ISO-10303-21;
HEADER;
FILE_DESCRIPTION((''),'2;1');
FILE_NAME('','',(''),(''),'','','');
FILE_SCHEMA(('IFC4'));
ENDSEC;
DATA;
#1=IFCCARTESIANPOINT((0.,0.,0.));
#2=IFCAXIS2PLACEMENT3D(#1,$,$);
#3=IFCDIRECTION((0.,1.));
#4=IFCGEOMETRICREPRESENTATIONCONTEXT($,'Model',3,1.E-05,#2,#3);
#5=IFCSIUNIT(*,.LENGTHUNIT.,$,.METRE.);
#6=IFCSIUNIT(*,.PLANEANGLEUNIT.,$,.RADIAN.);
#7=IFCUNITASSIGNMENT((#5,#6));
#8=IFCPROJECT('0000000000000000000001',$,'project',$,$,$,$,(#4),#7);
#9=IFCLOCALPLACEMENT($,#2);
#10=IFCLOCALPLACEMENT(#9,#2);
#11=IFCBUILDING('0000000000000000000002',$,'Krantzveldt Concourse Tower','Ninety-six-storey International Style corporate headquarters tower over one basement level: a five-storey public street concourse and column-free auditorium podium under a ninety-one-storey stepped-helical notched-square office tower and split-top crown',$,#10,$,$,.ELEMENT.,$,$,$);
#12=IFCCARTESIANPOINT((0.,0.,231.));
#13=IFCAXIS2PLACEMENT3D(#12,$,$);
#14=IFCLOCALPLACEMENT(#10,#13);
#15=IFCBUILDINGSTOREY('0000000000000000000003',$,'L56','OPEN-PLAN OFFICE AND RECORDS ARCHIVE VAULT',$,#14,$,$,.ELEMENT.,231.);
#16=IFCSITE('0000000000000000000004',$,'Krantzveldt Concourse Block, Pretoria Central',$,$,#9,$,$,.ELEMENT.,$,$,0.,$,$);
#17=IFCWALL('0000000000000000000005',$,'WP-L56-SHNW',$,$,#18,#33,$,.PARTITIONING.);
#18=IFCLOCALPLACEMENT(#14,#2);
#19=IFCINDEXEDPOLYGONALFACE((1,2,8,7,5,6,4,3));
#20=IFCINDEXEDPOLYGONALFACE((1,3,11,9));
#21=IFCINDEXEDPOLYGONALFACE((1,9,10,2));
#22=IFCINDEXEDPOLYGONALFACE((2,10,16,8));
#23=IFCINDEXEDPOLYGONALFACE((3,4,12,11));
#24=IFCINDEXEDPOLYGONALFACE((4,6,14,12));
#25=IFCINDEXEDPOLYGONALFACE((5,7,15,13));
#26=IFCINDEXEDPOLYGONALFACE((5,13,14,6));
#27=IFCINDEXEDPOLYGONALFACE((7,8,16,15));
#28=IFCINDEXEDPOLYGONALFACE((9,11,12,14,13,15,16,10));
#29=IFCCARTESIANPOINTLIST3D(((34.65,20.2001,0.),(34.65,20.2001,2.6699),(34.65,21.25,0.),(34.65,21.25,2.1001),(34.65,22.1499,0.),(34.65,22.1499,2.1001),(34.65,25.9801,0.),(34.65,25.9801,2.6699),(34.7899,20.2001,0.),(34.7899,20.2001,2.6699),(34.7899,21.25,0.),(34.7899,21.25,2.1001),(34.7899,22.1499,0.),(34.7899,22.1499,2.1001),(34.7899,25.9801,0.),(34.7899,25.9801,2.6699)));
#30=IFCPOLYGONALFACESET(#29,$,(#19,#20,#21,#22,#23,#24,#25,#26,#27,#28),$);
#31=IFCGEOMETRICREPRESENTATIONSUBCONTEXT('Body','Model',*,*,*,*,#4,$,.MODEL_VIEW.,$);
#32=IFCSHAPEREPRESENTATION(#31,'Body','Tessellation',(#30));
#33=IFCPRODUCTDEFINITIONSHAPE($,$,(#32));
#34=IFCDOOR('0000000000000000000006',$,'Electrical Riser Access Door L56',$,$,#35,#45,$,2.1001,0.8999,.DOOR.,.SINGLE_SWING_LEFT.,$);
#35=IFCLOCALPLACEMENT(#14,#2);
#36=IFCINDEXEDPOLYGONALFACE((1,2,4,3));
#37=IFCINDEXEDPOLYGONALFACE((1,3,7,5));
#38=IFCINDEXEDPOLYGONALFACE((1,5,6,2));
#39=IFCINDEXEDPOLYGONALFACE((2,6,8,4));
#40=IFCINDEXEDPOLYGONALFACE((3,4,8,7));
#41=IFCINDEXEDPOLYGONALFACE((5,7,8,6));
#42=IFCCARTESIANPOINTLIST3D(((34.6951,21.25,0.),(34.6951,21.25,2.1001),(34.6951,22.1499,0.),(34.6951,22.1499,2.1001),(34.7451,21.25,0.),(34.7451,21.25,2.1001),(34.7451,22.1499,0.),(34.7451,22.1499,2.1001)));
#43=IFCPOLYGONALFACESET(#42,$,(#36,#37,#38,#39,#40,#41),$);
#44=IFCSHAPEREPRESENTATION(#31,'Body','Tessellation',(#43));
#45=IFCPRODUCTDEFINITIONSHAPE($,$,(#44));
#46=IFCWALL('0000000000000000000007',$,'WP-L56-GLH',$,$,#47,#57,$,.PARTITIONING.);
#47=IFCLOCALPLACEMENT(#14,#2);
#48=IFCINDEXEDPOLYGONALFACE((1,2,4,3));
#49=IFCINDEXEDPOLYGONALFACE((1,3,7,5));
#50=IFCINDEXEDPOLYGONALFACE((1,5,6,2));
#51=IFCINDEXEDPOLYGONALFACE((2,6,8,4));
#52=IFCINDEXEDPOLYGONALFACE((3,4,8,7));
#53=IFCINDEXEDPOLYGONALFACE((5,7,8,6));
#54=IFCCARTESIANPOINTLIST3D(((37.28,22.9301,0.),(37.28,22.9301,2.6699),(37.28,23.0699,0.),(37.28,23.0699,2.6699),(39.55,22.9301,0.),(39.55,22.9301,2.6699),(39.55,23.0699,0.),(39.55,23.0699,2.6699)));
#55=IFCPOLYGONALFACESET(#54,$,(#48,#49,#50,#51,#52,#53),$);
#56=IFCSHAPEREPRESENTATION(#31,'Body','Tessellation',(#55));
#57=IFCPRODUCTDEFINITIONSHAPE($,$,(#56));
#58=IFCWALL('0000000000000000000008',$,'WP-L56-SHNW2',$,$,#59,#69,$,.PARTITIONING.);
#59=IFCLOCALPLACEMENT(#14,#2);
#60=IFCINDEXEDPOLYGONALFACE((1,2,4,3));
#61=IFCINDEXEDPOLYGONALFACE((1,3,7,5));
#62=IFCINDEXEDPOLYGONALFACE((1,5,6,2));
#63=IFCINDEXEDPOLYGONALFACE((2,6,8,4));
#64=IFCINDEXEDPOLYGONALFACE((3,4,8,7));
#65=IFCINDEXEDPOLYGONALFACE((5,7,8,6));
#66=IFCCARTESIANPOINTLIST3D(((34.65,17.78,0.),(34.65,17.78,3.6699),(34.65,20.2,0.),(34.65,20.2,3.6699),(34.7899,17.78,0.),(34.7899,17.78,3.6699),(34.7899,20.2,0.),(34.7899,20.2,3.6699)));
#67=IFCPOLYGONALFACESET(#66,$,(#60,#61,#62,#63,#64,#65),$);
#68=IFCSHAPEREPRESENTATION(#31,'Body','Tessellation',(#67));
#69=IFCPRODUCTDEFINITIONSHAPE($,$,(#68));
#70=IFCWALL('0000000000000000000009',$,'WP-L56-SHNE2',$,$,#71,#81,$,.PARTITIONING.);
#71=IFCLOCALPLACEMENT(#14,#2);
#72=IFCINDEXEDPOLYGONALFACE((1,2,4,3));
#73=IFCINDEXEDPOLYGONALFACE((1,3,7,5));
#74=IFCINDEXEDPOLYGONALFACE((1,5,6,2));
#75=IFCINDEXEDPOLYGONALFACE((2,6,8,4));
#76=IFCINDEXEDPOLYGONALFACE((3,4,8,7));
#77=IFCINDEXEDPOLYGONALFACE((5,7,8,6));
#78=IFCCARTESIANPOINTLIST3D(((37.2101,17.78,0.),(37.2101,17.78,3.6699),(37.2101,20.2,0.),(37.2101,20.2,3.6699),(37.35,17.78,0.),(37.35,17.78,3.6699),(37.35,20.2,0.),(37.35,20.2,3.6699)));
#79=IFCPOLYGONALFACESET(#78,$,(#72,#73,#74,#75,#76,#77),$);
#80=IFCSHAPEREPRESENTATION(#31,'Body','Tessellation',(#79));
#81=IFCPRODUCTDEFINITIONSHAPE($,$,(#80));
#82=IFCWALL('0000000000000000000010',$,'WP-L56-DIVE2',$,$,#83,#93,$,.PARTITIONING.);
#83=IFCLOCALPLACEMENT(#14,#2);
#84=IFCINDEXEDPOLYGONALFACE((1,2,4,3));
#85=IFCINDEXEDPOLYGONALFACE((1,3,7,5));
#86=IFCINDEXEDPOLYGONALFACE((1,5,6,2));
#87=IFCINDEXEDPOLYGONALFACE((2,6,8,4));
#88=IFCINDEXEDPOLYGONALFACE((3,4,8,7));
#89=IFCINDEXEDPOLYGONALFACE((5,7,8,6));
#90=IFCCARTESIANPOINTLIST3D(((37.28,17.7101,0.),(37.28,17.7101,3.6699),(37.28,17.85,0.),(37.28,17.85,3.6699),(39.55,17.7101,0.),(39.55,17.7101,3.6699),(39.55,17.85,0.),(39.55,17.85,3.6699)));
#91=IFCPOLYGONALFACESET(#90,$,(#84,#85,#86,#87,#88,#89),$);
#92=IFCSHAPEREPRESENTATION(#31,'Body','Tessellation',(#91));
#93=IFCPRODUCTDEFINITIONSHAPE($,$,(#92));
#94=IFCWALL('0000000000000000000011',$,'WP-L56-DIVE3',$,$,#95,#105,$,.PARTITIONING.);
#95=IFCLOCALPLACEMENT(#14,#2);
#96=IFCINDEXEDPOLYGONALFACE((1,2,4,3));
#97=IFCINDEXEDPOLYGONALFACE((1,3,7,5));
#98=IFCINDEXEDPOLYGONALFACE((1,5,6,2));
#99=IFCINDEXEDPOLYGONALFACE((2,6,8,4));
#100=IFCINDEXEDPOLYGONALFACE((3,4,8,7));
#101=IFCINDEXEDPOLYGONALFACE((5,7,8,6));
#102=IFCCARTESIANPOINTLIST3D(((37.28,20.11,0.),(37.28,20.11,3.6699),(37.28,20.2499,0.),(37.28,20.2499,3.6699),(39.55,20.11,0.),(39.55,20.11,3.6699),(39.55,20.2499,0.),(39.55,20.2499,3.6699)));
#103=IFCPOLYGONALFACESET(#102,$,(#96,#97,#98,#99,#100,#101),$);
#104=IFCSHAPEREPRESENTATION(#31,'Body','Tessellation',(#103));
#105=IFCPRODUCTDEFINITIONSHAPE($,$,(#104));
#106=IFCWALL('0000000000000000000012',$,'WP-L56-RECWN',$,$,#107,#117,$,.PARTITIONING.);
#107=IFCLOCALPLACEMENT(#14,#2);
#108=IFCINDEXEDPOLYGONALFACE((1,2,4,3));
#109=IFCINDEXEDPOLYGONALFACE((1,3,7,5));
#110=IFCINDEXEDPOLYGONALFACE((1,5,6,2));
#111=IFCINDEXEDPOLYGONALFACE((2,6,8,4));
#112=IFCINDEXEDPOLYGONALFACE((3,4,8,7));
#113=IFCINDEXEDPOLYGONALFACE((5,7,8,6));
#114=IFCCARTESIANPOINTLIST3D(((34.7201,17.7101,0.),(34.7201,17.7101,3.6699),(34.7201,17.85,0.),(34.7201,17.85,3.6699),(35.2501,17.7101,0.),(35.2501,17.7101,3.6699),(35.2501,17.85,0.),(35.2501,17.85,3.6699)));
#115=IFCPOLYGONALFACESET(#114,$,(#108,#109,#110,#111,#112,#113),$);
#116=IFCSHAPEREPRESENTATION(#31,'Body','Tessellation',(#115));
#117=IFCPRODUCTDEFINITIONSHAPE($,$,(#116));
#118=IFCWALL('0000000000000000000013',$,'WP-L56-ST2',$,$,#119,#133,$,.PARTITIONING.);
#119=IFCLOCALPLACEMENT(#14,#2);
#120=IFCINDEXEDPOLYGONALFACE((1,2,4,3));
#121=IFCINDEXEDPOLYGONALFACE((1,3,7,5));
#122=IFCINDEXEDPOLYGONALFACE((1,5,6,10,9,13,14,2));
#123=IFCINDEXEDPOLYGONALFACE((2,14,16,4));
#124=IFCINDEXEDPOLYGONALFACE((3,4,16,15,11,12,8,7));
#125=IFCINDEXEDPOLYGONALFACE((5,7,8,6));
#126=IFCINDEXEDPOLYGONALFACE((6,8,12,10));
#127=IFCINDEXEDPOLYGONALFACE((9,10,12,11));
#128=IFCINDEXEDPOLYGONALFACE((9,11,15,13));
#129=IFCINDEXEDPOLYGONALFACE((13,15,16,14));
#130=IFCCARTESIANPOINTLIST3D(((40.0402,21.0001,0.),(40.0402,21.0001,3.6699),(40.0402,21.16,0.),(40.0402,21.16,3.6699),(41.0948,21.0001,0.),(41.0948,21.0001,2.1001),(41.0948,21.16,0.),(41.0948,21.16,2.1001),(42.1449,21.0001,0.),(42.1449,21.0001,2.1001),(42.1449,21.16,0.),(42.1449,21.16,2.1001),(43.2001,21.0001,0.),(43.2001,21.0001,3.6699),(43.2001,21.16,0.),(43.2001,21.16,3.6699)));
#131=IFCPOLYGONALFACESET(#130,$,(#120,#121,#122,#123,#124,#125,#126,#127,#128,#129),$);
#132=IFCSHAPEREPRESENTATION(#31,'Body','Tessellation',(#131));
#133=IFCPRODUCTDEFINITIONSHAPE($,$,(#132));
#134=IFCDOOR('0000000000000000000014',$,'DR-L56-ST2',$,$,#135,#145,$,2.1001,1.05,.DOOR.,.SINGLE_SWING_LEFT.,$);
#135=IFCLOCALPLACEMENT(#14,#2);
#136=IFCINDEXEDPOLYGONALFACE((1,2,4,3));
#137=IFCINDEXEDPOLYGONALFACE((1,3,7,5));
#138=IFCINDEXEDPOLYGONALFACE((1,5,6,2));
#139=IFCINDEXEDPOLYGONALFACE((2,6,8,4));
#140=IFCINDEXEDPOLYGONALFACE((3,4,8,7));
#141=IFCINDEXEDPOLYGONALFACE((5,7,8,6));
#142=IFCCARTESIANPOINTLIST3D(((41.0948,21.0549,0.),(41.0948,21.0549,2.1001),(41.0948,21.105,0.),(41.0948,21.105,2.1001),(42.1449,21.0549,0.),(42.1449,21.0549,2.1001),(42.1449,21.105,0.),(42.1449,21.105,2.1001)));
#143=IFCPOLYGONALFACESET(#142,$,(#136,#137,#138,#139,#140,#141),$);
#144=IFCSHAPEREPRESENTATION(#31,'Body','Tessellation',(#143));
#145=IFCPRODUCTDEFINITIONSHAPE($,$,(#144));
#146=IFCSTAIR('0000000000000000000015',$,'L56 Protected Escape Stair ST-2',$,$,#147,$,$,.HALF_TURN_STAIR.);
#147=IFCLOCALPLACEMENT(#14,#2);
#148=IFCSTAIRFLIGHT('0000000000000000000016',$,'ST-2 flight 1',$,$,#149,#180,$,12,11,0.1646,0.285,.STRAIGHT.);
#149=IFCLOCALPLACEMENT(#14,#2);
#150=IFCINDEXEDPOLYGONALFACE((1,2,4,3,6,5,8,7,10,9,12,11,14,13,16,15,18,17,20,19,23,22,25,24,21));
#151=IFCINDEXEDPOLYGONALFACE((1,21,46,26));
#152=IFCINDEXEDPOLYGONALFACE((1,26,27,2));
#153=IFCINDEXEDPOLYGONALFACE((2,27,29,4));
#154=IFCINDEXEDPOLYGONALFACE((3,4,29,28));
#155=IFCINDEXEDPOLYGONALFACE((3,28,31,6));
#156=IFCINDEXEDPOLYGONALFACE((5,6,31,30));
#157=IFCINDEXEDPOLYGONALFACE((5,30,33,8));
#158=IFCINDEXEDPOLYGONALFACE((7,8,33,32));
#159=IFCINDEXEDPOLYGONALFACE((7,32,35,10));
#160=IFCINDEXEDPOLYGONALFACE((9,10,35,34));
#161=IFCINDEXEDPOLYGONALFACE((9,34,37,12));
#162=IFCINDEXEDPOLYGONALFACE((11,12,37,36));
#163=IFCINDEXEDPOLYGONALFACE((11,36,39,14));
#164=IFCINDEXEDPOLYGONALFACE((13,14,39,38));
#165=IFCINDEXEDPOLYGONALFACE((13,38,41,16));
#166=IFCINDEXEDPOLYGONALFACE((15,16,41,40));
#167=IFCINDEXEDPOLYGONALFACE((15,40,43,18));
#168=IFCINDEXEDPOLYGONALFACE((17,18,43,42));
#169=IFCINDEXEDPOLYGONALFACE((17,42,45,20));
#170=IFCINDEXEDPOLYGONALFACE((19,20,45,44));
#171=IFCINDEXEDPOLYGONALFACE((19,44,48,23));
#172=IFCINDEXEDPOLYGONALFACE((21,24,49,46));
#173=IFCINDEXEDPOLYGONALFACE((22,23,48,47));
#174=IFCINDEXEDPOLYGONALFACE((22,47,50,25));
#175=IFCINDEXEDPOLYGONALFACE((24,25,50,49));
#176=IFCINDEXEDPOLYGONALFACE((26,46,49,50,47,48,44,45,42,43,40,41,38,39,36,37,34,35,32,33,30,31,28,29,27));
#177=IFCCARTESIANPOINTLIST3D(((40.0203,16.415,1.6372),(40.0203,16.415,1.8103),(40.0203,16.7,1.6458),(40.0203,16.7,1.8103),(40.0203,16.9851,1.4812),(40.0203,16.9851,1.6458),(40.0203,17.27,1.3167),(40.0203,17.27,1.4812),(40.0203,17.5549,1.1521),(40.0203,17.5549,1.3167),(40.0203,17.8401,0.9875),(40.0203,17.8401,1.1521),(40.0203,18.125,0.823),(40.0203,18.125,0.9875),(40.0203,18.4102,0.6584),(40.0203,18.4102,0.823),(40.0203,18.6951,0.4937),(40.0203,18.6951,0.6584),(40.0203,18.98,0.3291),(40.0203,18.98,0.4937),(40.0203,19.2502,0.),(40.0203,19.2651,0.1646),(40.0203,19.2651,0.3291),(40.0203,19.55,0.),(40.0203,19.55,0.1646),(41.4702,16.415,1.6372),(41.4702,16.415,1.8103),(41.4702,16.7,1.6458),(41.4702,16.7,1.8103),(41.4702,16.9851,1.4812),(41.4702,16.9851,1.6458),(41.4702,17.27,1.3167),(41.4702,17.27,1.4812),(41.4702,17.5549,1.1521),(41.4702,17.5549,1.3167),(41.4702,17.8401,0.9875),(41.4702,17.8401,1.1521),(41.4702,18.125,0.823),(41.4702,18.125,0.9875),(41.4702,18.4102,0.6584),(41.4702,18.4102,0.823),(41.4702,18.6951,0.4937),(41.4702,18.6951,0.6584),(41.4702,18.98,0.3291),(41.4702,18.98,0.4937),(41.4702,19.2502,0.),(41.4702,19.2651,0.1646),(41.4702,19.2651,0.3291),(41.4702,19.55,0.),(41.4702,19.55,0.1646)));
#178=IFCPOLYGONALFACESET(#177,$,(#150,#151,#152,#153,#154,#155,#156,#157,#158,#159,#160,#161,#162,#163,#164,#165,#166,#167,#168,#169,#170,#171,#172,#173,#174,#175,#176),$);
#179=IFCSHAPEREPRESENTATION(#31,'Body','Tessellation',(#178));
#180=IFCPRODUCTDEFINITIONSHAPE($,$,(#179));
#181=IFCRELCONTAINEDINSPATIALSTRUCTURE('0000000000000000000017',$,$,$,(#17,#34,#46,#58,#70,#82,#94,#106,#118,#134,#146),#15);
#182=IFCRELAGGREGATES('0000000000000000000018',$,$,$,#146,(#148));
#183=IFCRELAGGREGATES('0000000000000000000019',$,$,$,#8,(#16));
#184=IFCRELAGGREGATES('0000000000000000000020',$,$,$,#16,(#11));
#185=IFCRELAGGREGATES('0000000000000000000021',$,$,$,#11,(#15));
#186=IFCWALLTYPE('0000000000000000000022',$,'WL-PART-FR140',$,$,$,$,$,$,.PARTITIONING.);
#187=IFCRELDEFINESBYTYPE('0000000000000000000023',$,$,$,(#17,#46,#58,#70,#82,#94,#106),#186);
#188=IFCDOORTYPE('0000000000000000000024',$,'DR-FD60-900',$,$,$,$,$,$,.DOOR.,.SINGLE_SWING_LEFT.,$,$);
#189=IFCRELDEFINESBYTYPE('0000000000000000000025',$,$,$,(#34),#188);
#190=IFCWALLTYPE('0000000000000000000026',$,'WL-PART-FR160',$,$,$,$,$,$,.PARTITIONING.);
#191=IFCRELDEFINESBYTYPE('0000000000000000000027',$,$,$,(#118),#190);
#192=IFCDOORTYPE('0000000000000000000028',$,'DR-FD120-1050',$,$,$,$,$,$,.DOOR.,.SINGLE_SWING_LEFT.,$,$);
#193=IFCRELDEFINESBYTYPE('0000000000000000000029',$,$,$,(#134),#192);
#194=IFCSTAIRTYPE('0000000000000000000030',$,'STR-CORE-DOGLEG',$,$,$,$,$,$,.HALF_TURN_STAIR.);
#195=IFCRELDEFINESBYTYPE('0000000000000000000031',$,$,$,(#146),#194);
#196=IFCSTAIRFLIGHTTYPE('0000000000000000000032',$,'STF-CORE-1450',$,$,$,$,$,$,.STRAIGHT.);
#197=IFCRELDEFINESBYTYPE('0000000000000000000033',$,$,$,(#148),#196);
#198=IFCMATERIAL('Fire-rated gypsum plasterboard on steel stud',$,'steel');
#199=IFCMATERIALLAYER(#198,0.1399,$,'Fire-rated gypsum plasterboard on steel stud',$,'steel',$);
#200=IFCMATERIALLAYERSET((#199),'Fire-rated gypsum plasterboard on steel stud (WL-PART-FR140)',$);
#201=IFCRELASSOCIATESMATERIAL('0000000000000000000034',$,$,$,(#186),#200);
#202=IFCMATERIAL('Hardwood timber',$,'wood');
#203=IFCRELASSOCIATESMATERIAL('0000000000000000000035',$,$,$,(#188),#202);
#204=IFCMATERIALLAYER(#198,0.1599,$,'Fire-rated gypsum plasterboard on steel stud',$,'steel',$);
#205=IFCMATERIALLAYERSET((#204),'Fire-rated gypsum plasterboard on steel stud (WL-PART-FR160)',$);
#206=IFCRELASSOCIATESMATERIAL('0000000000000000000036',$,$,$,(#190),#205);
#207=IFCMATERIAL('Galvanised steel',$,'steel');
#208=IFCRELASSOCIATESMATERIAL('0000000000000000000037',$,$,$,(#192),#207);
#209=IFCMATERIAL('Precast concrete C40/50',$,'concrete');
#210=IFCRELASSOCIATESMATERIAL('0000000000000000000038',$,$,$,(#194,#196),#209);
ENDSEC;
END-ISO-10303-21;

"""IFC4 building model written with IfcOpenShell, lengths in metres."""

from ifc_helpers import new_model, si_unit, direction, frame, frame_2d, origin, place, context, subcontext, project, spatial, polyline, rectangle, outline, extrude, material, layer, layer_set, type_object, element, fill, aggregate, save


model = new_model("IFC4")

# Units and contexts
model_context = context("Model", 3, precision=1e-05, world=origin(), true_north=direction((0.0, 1.0)))
body_context = subcontext(model_context, "Body", "Model", "MODEL_VIEW")
ifc_project = project(units=[si_unit("LENGTHUNIT", "METRE"), si_unit("PLANEANGLEUNIT", "RADIAN")], contexts=[model_context])

# Site, building, storey
site_placement = place(None, origin())
site = spatial("IfcSite", under=ifc_project, at=site_placement, Name="Krantzveldt Concourse Block, Pretoria Central", CompositionType="ELEMENT", RefElevation=0.0)
building_placement = place(site_placement, origin())
building = spatial("IfcBuilding", under=site, at=building_placement, Name="Krantzveldt Concourse Tower", Description="Ninety-six-storey International Style corporate headquarters tower over one basement level: a five-storey public street concourse and column-free auditorium podium under a ninety-one-storey stepped-helical notched-square office tower and split-top crown", CompositionType="ELEMENT")
storey_placement = place(building_placement, frame((0.0, 0.0, 231.0)))
storey = spatial("IfcBuildingStorey", under=building, at=storey_placement, Name="L56", Description="OPEN-PLAN OFFICE AND RECORDS ARCHIVE VAULT", CompositionType="ELEMENT", Elevation=231.0)

# Wall, opening, door
ifc_material_1 = material(Name="Fire-rated gypsum plasterboard on steel stud", Category="steel")
ifc_layer_1 = layer(ifc_material_1, 0.1399, Name="Fire-rated gypsum plasterboard on steel stud", Category="steel")
ifc_layer_set_1 = layer_set([ifc_layer_1], Name="Fire-rated gypsum plasterboard on steel stud (WL-PART-FR140)")
wall_type_1 = type_object("IfcWallType", Name="WL-PART-FR140", PredefinedType="PARTITIONING", material=ifc_layer_set_1)
wall_1_placement = place(storey_placement, frame((34.72, 20.2, 0.0), z_axis=(0.0, 0.0, 1.0), x_axis=(0.0, 1.0, 0.0)))
wall_1 = element("IfcWall", 1, at=wall_1_placement, inside=storey, type_object=wall_type_1, Name="WP-L56-SHNW", PredefinedType="PARTITIONING", context=body_context, shape_type="SweptSolid", body=[
    extrude(rectangle(XDim=5.78, YDim=0.1399, at=frame_2d((2.8901, 0.0))), origin(), (0.0, 0.0, 1.0), 2.6699),
])
opening_1_placement = place(wall_1_placement, frame((1.05, 0.0, 0.0)))
opening_1 = element("IfcOpeningElement", 2, at=opening_1_placement, cuts=wall_1, PredefinedType="OPENING", context=body_context, shape_type="SweptSolid", body=[
    extrude(rectangle(XDim=0.8999, YDim=2.1001, at=frame_2d((0.45, 1.05))), frame((0.0, 0.0801, 0.0), z_axis=(0.0, -1.0, 0.0), x_axis=(1.0, 0.0, 0.0)), (0.0, 0.0, 1.0), 0.1599),
])
ifc_material_2 = material(Name="Hardwood timber", Category="wood")
door_type_1 = type_object("IfcDoorType", Name="DR-FD60-900", OperationType="SINGLE_SWING_LEFT", PredefinedType="DOOR", material=ifc_material_2)
door_1_placement = place(opening_1_placement, origin())
door_1 = element("IfcDoor", 3, at=door_1_placement, inside=storey, type_object=door_type_1, Name="Electrical Riser Access Door L56", OperationType="SINGLE_SWING_LEFT", OverallHeight=2.1001, OverallWidth=0.8999, PredefinedType="DOOR", context=body_context, shape_type="SweptSolid", body=[
    extrude(rectangle(XDim=0.8999, YDim=2.1001, at=frame_2d((0.45, 1.05))), frame((0.0, 0.0249, 0.0), z_axis=(0.0, -1.0, 0.0), x_axis=(1.0, 0.0, 0.0)), (0.0, 0.0, 1.0), 0.05),
])
fill(opening_1, door_1)

# Walls
wall_2_placement = place(storey_placement, frame((37.28, 23.0, 0.0), z_axis=(0.0, 0.0, 1.0), x_axis=(1.0, 0.0, 0.0)))
element("IfcWall", 4, at=wall_2_placement, inside=storey, type_object=wall_type_1, Name="WP-L56-GLH", PredefinedType="PARTITIONING", context=body_context, shape_type="SweptSolid", body=[
    extrude(rectangle(XDim=2.27, YDim=0.1399, at=frame_2d((1.135, 0.0))), origin(), (0.0, 0.0, 1.0), 2.6699),
])
for number, where, z_axis, x_axis, name in (
    (5, (34.72, 17.78, 0.0), (0.0, 0.0, 1.0), (0.0, 1.0, 0.0), "WP-L56-SHNW2"),
    (6, (37.28, 17.78, 0.0), (0.0, 0.0, 1.0), (0.0, 1.0, 0.0), "WP-L56-SHNE2"),
):
    element("IfcWall", number, at=place(storey_placement, frame(where, z_axis=z_axis, x_axis=x_axis)), inside=storey, type_object=wall_type_1, Name=name, PredefinedType="PARTITIONING", context=body_context, shape_type="SweptSolid", body=[
        extrude(rectangle(XDim=2.4199, YDim=0.1399, at=frame_2d((1.21, 0.0))), origin(), (0.0, 0.0, 1.0), 3.6699),
    ])
for number, where, z_axis, x_axis, name in (
    (7, (37.28, 17.78, 0.0), (0.0, 0.0, 1.0), (1.0, 0.0, 0.0), "WP-L56-DIVE2"),
    (8, (37.28, 20.1799, 0.0), (0.0, 0.0, 1.0), (1.0, 0.0, 0.0), "WP-L56-DIVE3"),
):
    element("IfcWall", number, at=place(storey_placement, frame(where, z_axis=z_axis, x_axis=x_axis)), inside=storey, type_object=wall_type_1, Name=name, PredefinedType="PARTITIONING", context=body_context, shape_type="SweptSolid", body=[
        extrude(rectangle(XDim=2.27, YDim=0.1399, at=frame_2d((1.135, 0.0))), origin(), (0.0, 0.0, 1.0), 3.6699),
    ])
wall_3_placement = place(storey_placement, frame((34.72, 17.78, 0.0), z_axis=(0.0, 0.0, 1.0), x_axis=(1.0, 0.0, 0.0)))
element("IfcWall", 9, at=wall_3_placement, inside=storey, type_object=wall_type_1, Name="WP-L56-RECWN", PredefinedType="PARTITIONING", context=body_context, shape_type="SweptSolid", body=[
    extrude(rectangle(XDim=0.53, YDim=0.1399, at=frame_2d((0.2651, 0.0))), origin(), (0.0, 0.0, 1.0), 3.6699),
])

# Wall, opening, door
ifc_layer_2 = layer(ifc_material_1, 0.1599, Name="Fire-rated gypsum plasterboard on steel stud", Category="steel")
ifc_layer_set_2 = layer_set([ifc_layer_2], Name="Fire-rated gypsum plasterboard on steel stud (WL-PART-FR160)")
wall_type_2 = type_object("IfcWallType", Name="WL-PART-FR160", PredefinedType="PARTITIONING", material=ifc_layer_set_2)
wall_4_placement = place(storey_placement, frame((40.04, 21.0801, 0.0), z_axis=(0.0, 0.0, 1.0), x_axis=(1.0, 0.0, 0.0)))
wall_4 = element("IfcWall", 10, at=wall_4_placement, inside=storey, type_object=wall_type_2, Name="WP-L56-ST2", PredefinedType="PARTITIONING", context=body_context, shape_type="SweptSolid", body=[
    extrude(rectangle(XDim=3.1599, YDim=0.1599, at=frame_2d((1.5801, 0.0))), origin(), (0.0, 0.0, 1.0), 3.6699),
])
opening_2_placement = place(wall_4_placement, frame((1.0549, 0.0, 0.0)))
opening_2 = element("IfcOpeningElement", 11, at=opening_2_placement, cuts=wall_4, PredefinedType="OPENING", context=body_context, shape_type="SweptSolid", body=[
    extrude(rectangle(XDim=1.05, YDim=2.1001, at=frame_2d((0.5249, 1.05))), frame((0.0, 0.0898, 0.0), z_axis=(0.0, -1.0, 0.0), x_axis=(1.0, 0.0, 0.0)), (0.0, 0.0, 1.0), 0.1799),
])
ifc_material_3 = material(Name="Galvanised steel", Category="steel")
door_type_2 = type_object("IfcDoorType", Name="DR-FD120-1050", OperationType="SINGLE_SWING_LEFT", PredefinedType="DOOR", material=ifc_material_3)
door_2_placement = place(opening_2_placement, origin())
door_2 = element("IfcDoor", 12, at=door_2_placement, inside=storey, type_object=door_type_2, Name="DR-L56-ST2", OperationType="SINGLE_SWING_LEFT", OverallHeight=2.1001, OverallWidth=1.05, PredefinedType="DOOR", context=body_context, shape_type="SweptSolid", body=[
    extrude(rectangle(XDim=1.05, YDim=2.1001, at=frame_2d((0.5249, 1.05))), frame((0.0, 0.0249, 0.0), z_axis=(0.0, -1.0, 0.0), x_axis=(1.0, 0.0, 0.0)), (0.0, 0.0, 1.0), 0.05),
])
fill(opening_2, door_2)

# Stair, stair flight
ifc_material_4 = material(Name="Precast concrete C40/50", Category="concrete")
stair_type = type_object("IfcStairType", Name="STR-CORE-DOGLEG", PredefinedType="HALF_TURN_STAIR", material=ifc_material_4)
stair_placement = place(storey_placement, origin())
stair = element("IfcStair", 13, at=stair_placement, inside=storey, type_object=stair_type, Name="L56 Protected Escape Stair ST-2", PredefinedType="HALF_TURN_STAIR")
stair_flight_type = type_object("IfcStairFlightType", Name="STF-CORE-1450", PredefinedType="STRAIGHT", material=ifc_material_4)
stair_flight_placement = place(storey_placement, frame((40.7451, 19.55, 0.0), z_axis=(0.0, 0.0, 1.0), x_axis=(0.0, -1.0, 0.0)))
stair_flight = element("IfcStairFlight", 14, at=stair_flight_placement, type_object=stair_flight_type, Name="ST-2 flight 1", NumberOfRisers=12, NumberOfTreads=11, PredefinedType="STRAIGHT", RiserHeight=0.1646, TreadLength=0.285, context=body_context, shape_type="SweptSolid", body=[
    extrude(outline(polyline([(0.0, 0.0), (0.0, 0.1646), (0.2849, 0.1646), (0.2849, 0.3291), (0.5701, 0.3291), (0.5701, 0.4937), (0.855, 0.4937), (0.855, 0.6584), (1.1399, 0.6584), (1.1399, 0.823), (1.425, 0.823), (1.425, 0.9875), (1.71, 0.9875), (1.71, 1.1521), (1.9951, 1.1521), (1.9951, 1.3167), (2.28, 1.3167), (2.28, 1.4812), (2.5649, 1.4812), (2.5649, 1.6458), (2.8501, 1.6458), (2.8501, 1.8103), (3.135, 1.8103), (3.135, 1.9751), (3.135, 1.6372), (0.2998, 0.0), (0.0, 0.0)])), frame((0.0, 0.7251, 0.0), z_axis=(0.0, -1.0, 0.0), x_axis=(1.0, 0.0, 0.0)), (0.0, 0.0, 1.0), 1.45),
])
aggregate(stair, [stair_flight])

save(model, "model.ifc")
